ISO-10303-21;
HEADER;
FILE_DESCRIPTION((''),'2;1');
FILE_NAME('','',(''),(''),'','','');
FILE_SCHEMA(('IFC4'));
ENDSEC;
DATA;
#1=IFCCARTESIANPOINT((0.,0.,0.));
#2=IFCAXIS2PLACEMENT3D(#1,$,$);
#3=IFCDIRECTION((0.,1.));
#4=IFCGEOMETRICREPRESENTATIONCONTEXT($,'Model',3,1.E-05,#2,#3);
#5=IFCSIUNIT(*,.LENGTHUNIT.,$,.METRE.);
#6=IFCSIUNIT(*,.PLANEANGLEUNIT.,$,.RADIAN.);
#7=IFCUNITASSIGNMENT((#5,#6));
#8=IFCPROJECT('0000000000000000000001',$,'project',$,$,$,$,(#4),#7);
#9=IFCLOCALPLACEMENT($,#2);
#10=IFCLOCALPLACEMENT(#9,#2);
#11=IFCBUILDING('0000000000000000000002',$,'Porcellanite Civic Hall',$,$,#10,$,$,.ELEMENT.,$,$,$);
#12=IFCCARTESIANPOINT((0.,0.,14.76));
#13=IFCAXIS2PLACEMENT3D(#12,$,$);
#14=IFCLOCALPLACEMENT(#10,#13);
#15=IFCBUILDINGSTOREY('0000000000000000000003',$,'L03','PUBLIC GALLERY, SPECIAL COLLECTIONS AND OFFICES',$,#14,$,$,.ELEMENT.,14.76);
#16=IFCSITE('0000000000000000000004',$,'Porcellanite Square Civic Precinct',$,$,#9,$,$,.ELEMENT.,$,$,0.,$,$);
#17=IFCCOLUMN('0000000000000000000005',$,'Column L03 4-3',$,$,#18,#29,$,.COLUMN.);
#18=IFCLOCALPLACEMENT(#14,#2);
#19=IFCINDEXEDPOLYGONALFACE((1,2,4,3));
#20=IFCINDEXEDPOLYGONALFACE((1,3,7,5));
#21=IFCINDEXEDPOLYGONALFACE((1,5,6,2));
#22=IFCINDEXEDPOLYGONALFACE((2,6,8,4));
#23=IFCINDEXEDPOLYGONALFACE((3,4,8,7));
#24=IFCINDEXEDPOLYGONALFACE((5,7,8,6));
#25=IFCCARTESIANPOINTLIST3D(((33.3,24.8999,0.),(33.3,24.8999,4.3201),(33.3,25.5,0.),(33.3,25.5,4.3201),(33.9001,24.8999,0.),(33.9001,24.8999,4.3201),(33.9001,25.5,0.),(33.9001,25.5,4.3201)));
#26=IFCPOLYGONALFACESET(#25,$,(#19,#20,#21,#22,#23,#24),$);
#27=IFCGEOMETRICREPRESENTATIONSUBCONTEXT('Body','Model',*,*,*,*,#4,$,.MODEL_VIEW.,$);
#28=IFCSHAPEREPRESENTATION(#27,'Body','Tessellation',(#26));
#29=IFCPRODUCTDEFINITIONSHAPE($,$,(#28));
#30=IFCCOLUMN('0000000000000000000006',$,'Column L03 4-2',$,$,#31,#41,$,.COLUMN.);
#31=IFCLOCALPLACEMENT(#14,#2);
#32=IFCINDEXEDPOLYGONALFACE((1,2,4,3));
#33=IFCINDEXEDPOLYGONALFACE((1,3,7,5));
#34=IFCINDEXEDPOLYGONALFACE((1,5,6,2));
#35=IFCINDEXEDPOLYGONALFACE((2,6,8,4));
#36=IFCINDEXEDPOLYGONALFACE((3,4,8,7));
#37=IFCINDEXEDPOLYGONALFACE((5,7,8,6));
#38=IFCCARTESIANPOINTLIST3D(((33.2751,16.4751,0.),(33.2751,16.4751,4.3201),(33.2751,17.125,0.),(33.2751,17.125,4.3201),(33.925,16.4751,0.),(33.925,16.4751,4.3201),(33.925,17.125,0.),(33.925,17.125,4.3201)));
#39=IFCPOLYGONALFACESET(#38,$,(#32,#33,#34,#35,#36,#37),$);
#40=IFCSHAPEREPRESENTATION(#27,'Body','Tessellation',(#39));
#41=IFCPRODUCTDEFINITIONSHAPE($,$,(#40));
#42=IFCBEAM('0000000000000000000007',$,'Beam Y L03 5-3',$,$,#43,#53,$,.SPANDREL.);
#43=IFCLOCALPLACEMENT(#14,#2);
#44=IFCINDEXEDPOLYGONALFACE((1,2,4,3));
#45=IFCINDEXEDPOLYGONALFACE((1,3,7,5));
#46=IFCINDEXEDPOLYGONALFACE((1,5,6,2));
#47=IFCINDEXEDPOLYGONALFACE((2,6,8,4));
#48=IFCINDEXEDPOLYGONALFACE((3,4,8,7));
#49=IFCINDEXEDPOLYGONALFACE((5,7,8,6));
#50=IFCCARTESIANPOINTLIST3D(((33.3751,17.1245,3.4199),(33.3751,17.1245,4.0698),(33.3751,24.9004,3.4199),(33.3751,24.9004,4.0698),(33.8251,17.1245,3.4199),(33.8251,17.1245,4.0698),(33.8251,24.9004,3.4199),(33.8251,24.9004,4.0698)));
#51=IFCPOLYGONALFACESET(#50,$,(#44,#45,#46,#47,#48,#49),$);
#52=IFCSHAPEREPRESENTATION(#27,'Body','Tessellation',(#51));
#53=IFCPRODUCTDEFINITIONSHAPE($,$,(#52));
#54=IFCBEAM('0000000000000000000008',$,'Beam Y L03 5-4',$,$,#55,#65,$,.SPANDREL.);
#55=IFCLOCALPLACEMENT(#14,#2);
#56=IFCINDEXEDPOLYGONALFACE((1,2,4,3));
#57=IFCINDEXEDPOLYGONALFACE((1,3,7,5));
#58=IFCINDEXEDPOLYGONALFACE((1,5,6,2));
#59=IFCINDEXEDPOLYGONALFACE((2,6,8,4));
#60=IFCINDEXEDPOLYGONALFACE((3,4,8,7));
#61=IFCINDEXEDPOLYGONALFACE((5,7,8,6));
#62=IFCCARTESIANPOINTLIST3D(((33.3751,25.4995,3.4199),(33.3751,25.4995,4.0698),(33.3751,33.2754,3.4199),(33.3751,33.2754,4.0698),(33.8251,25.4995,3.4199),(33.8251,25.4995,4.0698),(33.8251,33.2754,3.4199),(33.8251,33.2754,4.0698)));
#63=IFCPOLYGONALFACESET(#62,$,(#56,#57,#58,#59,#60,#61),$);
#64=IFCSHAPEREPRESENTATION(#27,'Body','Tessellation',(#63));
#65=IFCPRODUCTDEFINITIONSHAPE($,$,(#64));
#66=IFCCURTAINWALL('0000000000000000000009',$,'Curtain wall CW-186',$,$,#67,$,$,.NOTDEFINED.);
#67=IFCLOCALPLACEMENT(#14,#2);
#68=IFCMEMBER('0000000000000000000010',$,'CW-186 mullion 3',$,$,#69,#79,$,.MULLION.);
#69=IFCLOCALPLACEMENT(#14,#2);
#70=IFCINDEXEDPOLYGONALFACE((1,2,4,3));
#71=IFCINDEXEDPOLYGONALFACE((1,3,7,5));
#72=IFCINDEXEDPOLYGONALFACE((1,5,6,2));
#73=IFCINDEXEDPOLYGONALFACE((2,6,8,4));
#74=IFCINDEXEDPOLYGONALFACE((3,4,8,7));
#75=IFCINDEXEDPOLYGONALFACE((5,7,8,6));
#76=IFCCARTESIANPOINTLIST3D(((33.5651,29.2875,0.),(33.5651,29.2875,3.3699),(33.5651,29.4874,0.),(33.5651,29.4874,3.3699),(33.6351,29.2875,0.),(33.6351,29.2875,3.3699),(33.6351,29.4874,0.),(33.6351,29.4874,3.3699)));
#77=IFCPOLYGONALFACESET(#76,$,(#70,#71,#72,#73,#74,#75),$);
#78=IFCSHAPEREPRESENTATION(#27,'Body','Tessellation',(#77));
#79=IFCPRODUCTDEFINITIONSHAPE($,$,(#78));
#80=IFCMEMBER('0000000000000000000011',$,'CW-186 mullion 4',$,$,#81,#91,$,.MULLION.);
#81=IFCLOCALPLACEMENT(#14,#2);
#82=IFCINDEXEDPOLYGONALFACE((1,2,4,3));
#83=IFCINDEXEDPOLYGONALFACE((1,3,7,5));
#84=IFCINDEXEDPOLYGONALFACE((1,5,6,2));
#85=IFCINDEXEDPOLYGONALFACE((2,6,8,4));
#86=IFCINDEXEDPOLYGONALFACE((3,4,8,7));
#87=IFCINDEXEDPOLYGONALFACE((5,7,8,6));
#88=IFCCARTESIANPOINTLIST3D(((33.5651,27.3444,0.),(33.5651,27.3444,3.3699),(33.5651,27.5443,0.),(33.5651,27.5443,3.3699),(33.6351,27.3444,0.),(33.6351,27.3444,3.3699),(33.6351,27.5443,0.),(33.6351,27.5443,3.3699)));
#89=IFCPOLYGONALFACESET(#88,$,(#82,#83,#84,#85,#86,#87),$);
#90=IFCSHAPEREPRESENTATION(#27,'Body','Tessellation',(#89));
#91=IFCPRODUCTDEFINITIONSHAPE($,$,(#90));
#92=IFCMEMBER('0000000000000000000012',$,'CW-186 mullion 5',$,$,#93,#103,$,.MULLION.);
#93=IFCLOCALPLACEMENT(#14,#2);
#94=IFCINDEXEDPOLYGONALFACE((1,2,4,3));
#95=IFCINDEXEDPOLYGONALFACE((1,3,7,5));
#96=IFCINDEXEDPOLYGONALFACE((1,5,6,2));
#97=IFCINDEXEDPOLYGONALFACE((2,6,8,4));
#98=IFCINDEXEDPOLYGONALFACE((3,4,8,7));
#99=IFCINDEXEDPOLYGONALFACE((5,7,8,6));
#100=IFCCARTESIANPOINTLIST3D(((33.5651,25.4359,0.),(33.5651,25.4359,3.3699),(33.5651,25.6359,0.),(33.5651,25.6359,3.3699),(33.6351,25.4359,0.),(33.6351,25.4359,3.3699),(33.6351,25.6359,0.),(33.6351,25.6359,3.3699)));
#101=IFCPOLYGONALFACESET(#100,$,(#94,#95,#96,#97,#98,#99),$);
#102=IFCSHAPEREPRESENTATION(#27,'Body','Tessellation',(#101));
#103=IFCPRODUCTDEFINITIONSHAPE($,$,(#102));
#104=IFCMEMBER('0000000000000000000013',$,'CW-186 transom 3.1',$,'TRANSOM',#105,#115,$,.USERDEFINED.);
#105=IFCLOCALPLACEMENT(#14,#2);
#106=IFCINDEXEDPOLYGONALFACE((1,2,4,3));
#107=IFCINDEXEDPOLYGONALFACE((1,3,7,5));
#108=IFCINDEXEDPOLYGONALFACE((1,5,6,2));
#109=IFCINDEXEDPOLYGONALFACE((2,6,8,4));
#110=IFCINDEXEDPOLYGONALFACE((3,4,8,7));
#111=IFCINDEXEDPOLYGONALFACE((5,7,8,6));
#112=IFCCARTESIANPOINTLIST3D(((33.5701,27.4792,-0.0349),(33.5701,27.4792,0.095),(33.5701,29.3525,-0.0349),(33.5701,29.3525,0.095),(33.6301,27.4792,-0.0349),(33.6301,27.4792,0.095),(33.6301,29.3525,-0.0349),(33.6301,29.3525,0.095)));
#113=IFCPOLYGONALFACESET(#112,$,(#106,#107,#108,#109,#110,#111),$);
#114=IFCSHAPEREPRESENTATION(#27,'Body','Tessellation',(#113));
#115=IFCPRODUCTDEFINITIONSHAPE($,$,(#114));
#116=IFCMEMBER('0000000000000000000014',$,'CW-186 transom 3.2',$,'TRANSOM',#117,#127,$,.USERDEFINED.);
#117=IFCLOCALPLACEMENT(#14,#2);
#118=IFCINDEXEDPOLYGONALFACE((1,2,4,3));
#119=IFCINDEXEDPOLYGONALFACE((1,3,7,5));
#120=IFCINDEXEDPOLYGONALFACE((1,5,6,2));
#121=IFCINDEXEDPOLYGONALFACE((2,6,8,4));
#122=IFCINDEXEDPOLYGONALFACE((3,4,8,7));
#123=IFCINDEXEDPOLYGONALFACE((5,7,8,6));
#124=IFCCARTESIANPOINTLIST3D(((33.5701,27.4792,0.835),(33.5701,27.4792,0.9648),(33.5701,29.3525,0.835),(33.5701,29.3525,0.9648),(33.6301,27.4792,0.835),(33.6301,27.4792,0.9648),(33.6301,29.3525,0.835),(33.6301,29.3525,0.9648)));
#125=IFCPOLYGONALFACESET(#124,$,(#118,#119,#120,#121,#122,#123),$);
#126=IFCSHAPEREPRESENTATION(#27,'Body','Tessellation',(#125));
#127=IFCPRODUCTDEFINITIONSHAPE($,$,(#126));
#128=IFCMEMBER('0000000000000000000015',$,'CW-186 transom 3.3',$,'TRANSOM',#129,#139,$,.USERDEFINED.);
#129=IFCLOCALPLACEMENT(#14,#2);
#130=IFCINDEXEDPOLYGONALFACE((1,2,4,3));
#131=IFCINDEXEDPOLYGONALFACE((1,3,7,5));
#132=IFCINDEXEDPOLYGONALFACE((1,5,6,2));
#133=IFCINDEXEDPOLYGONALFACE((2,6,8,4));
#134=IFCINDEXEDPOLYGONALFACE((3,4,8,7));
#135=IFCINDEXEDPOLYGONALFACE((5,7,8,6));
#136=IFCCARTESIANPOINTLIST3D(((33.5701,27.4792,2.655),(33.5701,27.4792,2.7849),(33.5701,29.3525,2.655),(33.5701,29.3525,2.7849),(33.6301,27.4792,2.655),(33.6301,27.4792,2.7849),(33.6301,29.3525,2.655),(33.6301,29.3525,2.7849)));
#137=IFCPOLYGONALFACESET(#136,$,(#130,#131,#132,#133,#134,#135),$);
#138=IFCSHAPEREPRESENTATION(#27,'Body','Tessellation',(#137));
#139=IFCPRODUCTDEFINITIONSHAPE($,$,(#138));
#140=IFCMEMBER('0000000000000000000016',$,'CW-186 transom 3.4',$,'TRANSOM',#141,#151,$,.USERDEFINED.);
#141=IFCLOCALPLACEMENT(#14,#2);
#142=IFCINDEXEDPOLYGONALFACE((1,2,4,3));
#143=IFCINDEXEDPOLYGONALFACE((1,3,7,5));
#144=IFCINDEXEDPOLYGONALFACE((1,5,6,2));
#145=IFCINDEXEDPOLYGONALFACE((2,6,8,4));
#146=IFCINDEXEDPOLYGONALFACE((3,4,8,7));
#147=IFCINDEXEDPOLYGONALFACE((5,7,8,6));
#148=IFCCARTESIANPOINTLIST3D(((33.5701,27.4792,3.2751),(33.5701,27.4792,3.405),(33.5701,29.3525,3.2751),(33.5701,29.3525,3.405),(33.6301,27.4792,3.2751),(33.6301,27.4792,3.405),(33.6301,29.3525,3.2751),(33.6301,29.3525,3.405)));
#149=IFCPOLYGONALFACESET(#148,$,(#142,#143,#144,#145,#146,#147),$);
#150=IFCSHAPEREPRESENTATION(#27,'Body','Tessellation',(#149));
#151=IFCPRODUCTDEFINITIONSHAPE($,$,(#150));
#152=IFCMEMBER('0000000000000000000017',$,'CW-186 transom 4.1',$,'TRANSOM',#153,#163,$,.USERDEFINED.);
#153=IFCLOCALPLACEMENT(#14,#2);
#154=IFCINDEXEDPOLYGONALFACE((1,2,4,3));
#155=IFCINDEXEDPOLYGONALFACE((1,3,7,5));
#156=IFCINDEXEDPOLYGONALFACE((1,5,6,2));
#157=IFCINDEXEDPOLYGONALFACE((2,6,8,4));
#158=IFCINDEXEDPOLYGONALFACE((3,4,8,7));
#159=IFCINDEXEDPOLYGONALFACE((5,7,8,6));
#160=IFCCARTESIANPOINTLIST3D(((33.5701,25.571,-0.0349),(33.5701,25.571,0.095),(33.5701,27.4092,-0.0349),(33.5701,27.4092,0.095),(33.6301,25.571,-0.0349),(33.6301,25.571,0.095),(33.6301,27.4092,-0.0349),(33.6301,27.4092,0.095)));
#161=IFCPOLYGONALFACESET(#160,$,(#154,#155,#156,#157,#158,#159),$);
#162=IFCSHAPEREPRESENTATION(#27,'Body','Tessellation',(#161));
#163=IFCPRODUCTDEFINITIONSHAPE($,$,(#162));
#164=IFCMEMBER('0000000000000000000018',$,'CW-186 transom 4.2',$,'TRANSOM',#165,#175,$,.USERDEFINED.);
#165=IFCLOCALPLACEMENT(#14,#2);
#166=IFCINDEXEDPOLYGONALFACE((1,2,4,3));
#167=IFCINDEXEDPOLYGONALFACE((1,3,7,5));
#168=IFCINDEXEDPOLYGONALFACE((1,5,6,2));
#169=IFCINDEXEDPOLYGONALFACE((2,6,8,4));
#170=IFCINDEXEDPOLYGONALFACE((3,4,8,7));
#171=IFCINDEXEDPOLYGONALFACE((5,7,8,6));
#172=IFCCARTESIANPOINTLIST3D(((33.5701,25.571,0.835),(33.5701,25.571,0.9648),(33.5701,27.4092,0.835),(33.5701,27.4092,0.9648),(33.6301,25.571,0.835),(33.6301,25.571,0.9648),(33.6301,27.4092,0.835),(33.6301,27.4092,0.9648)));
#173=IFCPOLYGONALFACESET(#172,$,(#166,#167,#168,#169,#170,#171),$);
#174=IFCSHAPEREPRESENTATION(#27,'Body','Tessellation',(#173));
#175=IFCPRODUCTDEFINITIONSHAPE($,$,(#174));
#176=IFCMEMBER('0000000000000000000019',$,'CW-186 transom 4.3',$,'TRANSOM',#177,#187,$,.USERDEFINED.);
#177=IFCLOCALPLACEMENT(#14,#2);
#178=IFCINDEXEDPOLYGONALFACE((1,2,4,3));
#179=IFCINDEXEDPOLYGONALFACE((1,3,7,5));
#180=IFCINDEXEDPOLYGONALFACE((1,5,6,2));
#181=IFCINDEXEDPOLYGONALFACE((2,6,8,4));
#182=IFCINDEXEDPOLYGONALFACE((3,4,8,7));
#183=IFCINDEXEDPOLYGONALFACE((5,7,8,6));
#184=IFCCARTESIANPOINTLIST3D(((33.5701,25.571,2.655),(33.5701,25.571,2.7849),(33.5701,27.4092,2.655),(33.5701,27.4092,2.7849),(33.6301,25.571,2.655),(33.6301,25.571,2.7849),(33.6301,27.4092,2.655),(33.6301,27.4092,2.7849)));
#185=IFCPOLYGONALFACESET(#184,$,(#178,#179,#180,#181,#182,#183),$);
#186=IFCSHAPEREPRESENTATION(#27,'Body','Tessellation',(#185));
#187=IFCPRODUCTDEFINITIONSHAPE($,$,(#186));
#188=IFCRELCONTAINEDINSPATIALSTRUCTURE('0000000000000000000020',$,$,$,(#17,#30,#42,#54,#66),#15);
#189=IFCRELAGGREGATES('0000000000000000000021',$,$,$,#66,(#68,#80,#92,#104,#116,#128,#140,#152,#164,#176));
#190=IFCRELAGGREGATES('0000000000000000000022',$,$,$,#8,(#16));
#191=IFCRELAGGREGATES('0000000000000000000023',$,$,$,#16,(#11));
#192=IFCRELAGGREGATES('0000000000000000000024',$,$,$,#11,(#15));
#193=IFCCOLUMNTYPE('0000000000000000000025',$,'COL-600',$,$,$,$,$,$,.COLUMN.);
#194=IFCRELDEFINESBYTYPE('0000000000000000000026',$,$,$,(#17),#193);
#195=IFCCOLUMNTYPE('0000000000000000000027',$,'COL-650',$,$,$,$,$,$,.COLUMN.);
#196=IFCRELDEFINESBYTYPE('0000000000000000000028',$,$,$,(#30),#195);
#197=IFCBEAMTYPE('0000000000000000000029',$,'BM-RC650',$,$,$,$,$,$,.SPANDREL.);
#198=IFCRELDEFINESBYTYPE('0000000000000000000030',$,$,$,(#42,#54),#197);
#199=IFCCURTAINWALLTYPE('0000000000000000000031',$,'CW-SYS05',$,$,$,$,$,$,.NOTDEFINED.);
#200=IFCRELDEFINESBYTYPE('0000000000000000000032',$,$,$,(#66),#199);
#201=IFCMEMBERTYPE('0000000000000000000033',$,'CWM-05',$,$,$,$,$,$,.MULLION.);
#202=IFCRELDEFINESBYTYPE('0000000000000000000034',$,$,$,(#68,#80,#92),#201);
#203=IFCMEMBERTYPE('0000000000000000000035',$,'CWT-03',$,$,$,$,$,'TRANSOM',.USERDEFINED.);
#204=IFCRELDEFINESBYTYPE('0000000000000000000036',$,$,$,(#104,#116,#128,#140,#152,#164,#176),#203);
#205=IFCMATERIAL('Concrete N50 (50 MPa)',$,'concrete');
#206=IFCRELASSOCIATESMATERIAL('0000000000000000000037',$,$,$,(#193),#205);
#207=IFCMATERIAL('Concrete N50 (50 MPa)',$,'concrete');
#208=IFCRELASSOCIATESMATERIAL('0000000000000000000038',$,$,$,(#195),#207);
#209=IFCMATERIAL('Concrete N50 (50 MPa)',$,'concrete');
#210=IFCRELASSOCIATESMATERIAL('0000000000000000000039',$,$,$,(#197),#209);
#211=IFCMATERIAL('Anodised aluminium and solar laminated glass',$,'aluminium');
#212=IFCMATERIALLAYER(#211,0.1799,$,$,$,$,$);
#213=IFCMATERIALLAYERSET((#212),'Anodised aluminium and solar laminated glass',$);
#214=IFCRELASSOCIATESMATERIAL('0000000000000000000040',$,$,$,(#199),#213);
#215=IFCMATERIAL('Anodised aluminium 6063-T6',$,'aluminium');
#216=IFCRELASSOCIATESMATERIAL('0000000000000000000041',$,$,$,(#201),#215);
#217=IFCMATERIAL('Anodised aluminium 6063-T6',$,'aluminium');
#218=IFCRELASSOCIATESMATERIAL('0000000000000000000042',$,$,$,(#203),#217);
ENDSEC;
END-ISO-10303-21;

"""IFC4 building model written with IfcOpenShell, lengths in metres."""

from ifc_helpers import new_model, si_unit, direction, frame, origin, origin_2d, place, context, subcontext, project, spatial, rectangle, extrude, material, layer, layer_set, material_profile, profile_set, type_object, element, aggregate, save


model = new_model("IFC4")

# Units and contexts
model_context = context("Model", 3, precision=1e-05, world=origin(), true_north=direction((0.0, 1.0)))
body_context = subcontext(model_context, "Body", "Model", "MODEL_VIEW")
ifc_project = project(units=[si_unit("LENGTHUNIT", "METRE"), si_unit("PLANEANGLEUNIT", "RADIAN")], contexts=[model_context])

# Site, building, storey
site_placement = place(None, origin())
site = spatial("IfcSite", under=ifc_project, at=site_placement, Name="Porcellanite Square Civic Precinct", CompositionType="ELEMENT", RefElevation=0.0)
building_placement = place(site_placement, origin())
building = spatial("IfcBuilding", under=site, at=building_placement, Name="Porcellanite Civic Hall", CompositionType="ELEMENT")
storey_placement = place(building_placement, frame((0.0, 0.0, 14.76)))
storey = spatial("IfcBuildingStorey", under=building, at=storey_placement, Name="L03", Description="PUBLIC GALLERY, SPECIAL COLLECTIONS AND OFFICES", CompositionType="ELEMENT", Elevation=14.76)

# Columns
ifc_material_1 = material(Name="Concrete N50 (50 MPa)", Category="concrete")
ifc_material_profile_1 = material_profile(ifc_material_1, rectangle(XDim=0.6001, YDim=0.6001, at=origin_2d()), Name="RC-600x600")
ifc_profile_set_1 = profile_set([ifc_material_profile_1], Name="Concrete N50 (50 MPa)")
column_type_1 = type_object("IfcColumnType", Name="COL-600", PredefinedType="COLUMN", material=ifc_profile_set_1)
column_1_placement = place(storey_placement, frame((33.6001, 25.2, 0.0), z_axis=(0.0, 0.0, 1.0), x_axis=(1.0, 0.0, 0.0)))
element("IfcColumn", 1, at=column_1_placement, inside=storey, type_object=column_type_1, Name="Column L03 4-3", PredefinedType="COLUMN", context=body_context, shape_type="SweptSolid", body=[
    extrude(rectangle(XDim=0.6001, YDim=0.6001, at=origin_2d()), origin(), (0.0, 0.0, 1.0), 4.3201),
])
ifc_material_2 = material(Name="Concrete N50 (50 MPa)", Category="concrete")
ifc_material_profile_2 = material_profile(ifc_material_2, rectangle(XDim=0.6499, YDim=0.6499, at=origin_2d()), Name="RC-650x650")
ifc_profile_set_2 = profile_set([ifc_material_profile_2], Name="Concrete N50 (50 MPa)")
column_type_2 = type_object("IfcColumnType", Name="COL-650", PredefinedType="COLUMN", material=ifc_profile_set_2)
column_2_placement = place(storey_placement, frame((33.6001, 16.8, 0.0), z_axis=(0.0, 0.0, 1.0), x_axis=(1.0, 0.0, 0.0)))
element("IfcColumn", 2, at=column_2_placement, inside=storey, type_object=column_type_2, Name="Column L03 4-2", PredefinedType="COLUMN", context=body_context, shape_type="SweptSolid", body=[
    extrude(rectangle(XDim=0.6499, YDim=0.6499, at=origin_2d()), origin(), (0.0, 0.0, 1.0), 4.3201),
])

# Beams
ifc_material_3 = material(Name="Concrete N50 (50 MPa)", Category="concrete")
ifc_material_profile_3 = material_profile(ifc_material_3, rectangle(XDim=0.45, YDim=0.6499, at=origin_2d()), Name="RC-450x650")
ifc_profile_set_3 = profile_set([ifc_material_profile_3], Name="Concrete N50 (50 MPa)")
beam_type = type_object("IfcBeamType", Name="BM-RC650", PredefinedType="SPANDREL", material=ifc_profile_set_3)
for number, where, z_axis, x_axis, name in (
    (3, (33.6001, 17.1245, 3.7449), (0.0, 1.0, 0.0), (-1.0, 0.0, 0.0), "Beam Y L03 5-3"),
    (4, (33.6001, 25.4995, 3.7449), (0.0, 1.0, 0.0), (-1.0, 0.0, 0.0), "Beam Y L03 5-4"),
):
    element("IfcBeam", number, at=place(storey_placement, frame(where, z_axis=z_axis, x_axis=x_axis)), inside=storey, type_object=beam_type, Name=name, PredefinedType="SPANDREL", context=body_context, shape_type="SweptSolid", body=[
        extrude(rectangle(XDim=0.45, YDim=0.6499, at=origin_2d()), origin(), (0.0, 0.0, 1.0), 7.7759),
    ])

# Curtain wall, members
ifc_material_4 = material(Name="Anodised aluminium and solar laminated glass", Category="aluminium")
ifc_layer_1 = layer(ifc_material_4, 0.1799)
ifc_layer_set_1 = layer_set([ifc_layer_1], Name="Anodised aluminium and solar laminated glass")
curtain_wall_type = type_object("IfcCurtainWallType", Name="CW-SYS05", PredefinedType="NOTDEFINED", material=ifc_layer_set_1)
curtain_wall_placement = place(storey_placement, origin())
curtain_wall = element("IfcCurtainWall", 5, at=curtain_wall_placement, inside=storey, type_object=curtain_wall_type, Name="Curtain wall CW-186", PredefinedType="NOTDEFINED")
ifc_material_5 = material(Name="Anodised aluminium 6063-T6", Category="aluminium")
ifc_material_profile_4 = material_profile(ifc_material_5, rectangle(XDim=0.0701, YDim=0.2, at=origin_2d()), Name="AL-70x200")
ifc_profile_set_4 = profile_set([ifc_material_profile_4], Name="Anodised aluminium 6063-T6")
member_type_1 = type_object("IfcMemberType", Name="CWM-05", PredefinedType="MULLION", material=ifc_profile_set_4)
member_1_placement = place(storey_placement, frame((33.6001, 29.3875, 0.0), z_axis=(0.0, 0.0, 1.0), x_axis=(1.0, 0.0, 0.0)))
member_1 = element("IfcMember", 6, at=member_1_placement, type_object=member_type_1, Name="CW-186 mullion 3", PredefinedType="MULLION", context=body_context, shape_type="SweptSolid", body=[
    extrude(rectangle(XDim=0.0701, YDim=0.2, at=origin_2d()), origin(), (0.0, 0.0, 1.0), 3.3699),
])
member_2_placement = place(storey_placement, frame((33.6001, 27.4443, 0.0), z_axis=(0.0, 0.0, 1.0), x_axis=(1.0, 0.0, 0.0)))
member_2 = element("IfcMember", 7, at=member_2_placement, type_object=member_type_1, Name="CW-186 mullion 4", PredefinedType="MULLION", context=body_context, shape_type="SweptSolid", body=[
    extrude(rectangle(XDim=0.0701, YDim=0.2, at=origin_2d()), origin(), (0.0, 0.0, 1.0), 3.3699),
])
member_3_placement = place(storey_placement, frame((33.6001, 25.5359, 0.0), z_axis=(0.0, 0.0, 1.0), x_axis=(1.0, 0.0, 0.0)))
member_3 = element("IfcMember", 8, at=member_3_placement, type_object=member_type_1, Name="CW-186 mullion 5", PredefinedType="MULLION", context=body_context, shape_type="SweptSolid", body=[
    extrude(rectangle(XDim=0.0701, YDim=0.2, at=origin_2d()), origin(), (0.0, 0.0, 1.0), 3.3699),
])
ifc_material_6 = material(Name="Anodised aluminium 6063-T6", Category="aluminium")
ifc_material_profile_5 = material_profile(ifc_material_6, rectangle(XDim=0.0601, YDim=0.1299, at=origin_2d()), Name="AL-60x130")
ifc_profile_set_5 = profile_set([ifc_material_profile_5], Name="Anodised aluminium 6063-T6")
member_type_2 = type_object("IfcMemberType", Name="CWT-03", ElementType="TRANSOM", PredefinedType="USERDEFINED", material=ifc_profile_set_5)
member_4_placement = place(storey_placement, frame((33.6001, 29.3525, 0.03), z_axis=(0.0, -1.0, 0.0), x_axis=(1.0, 0.0, 0.0)))
member_4 = element("IfcMember", 9, at=member_4_placement, type_object=member_type_2, Name="CW-186 transom 3.1", ObjectType="TRANSOM", PredefinedType="USERDEFINED", context=body_context, shape_type="SweptSolid", body=[
    extrude(rectangle(XDim=0.0601, YDim=0.1299, at=origin_2d()), origin(), (0.0, 0.0, 1.0), 1.8733),
])
member_5_placement = place(storey_placement, frame((33.6001, 29.3525, 0.8999), z_axis=(0.0, -1.0, 0.0), x_axis=(1.0, 0.0, 0.0)))
member_5 = element("IfcMember", 10, at=member_5_placement, type_object=member_type_2, Name="CW-186 transom 3.2", ObjectType="TRANSOM", PredefinedType="USERDEFINED", context=body_context, shape_type="SweptSolid", body=[
    extrude(rectangle(XDim=0.0601, YDim=0.1299, at=origin_2d()), origin(), (0.0, 0.0, 1.0), 1.8733),
])
member_6_placement = place(storey_placement, frame((33.6001, 29.3525, 2.72), z_axis=(0.0, -1.0, 0.0), x_axis=(1.0, 0.0, 0.0)))
member_6 = element("IfcMember", 11, at=member_6_placement, type_object=member_type_2, Name="CW-186 transom 3.3", ObjectType="TRANSOM", PredefinedType="USERDEFINED", context=body_context, shape_type="SweptSolid", body=[
    extrude(rectangle(XDim=0.0601, YDim=0.1299, at=origin_2d()), origin(), (0.0, 0.0, 1.0), 1.8733),
])
member_7_placement = place(storey_placement, frame((33.6001, 29.3525, 3.3401), z_axis=(0.0, -1.0, 0.0), x_axis=(1.0, 0.0, 0.0)))
member_7 = element("IfcMember", 12, at=member_7_placement, type_object=member_type_2, Name="CW-186 transom 3.4", ObjectType="TRANSOM", PredefinedType="USERDEFINED", context=body_context, shape_type="SweptSolid", body=[
    extrude(rectangle(XDim=0.0601, YDim=0.1299, at=origin_2d()), origin(), (0.0, 0.0, 1.0), 1.8733),
])
member_8_placement = place(storey_placement, frame((33.6001, 27.4092, 0.03), z_axis=(0.0, -1.0, 0.0), x_axis=(1.0, 0.0, 0.0)))
member_8 = element("IfcMember", 13, at=member_8_placement, type_object=member_type_2, Name="CW-186 transom 4.1", ObjectType="TRANSOM", PredefinedType="USERDEFINED", context=body_context, shape_type="SweptSolid", body=[
    extrude(rectangle(XDim=0.0601, YDim=0.1299, at=origin_2d()), origin(), (0.0, 0.0, 1.0), 1.8381),
])
member_9_placement = place(storey_placement, frame((33.6001, 27.4092, 0.8999), z_axis=(0.0, -1.0, 0.0), x_axis=(1.0, 0.0, 0.0)))
member_9 = element("IfcMember", 14, at=member_9_placement, type_object=member_type_2, Name="CW-186 transom 4.2", ObjectType="TRANSOM", PredefinedType="USERDEFINED", context=body_context, shape_type="SweptSolid", body=[
    extrude(rectangle(XDim=0.0601, YDim=0.1299, at=origin_2d()), origin(), (0.0, 0.0, 1.0), 1.8381),
])
member_10_placement = place(storey_placement, frame((33.6001, 27.4092, 2.72), z_axis=(0.0, -1.0, 0.0), x_axis=(1.0, 0.0, 0.0)))
member_10 = element("IfcMember", 15, at=member_10_placement, type_object=member_type_2, Name="CW-186 transom 4.3", ObjectType="TRANSOM", PredefinedType="USERDEFINED", context=body_context, shape_type="SweptSolid", body=[
    extrude(rectangle(XDim=0.0601, YDim=0.1299, at=origin_2d()), origin(), (0.0, 0.0, 1.0), 1.8381),
])
aggregate(curtain_wall, [member_1, member_2, member_3, member_4, member_5, member_6, member_7, member_8, member_9, member_10])

save(model, "model.ifc")
